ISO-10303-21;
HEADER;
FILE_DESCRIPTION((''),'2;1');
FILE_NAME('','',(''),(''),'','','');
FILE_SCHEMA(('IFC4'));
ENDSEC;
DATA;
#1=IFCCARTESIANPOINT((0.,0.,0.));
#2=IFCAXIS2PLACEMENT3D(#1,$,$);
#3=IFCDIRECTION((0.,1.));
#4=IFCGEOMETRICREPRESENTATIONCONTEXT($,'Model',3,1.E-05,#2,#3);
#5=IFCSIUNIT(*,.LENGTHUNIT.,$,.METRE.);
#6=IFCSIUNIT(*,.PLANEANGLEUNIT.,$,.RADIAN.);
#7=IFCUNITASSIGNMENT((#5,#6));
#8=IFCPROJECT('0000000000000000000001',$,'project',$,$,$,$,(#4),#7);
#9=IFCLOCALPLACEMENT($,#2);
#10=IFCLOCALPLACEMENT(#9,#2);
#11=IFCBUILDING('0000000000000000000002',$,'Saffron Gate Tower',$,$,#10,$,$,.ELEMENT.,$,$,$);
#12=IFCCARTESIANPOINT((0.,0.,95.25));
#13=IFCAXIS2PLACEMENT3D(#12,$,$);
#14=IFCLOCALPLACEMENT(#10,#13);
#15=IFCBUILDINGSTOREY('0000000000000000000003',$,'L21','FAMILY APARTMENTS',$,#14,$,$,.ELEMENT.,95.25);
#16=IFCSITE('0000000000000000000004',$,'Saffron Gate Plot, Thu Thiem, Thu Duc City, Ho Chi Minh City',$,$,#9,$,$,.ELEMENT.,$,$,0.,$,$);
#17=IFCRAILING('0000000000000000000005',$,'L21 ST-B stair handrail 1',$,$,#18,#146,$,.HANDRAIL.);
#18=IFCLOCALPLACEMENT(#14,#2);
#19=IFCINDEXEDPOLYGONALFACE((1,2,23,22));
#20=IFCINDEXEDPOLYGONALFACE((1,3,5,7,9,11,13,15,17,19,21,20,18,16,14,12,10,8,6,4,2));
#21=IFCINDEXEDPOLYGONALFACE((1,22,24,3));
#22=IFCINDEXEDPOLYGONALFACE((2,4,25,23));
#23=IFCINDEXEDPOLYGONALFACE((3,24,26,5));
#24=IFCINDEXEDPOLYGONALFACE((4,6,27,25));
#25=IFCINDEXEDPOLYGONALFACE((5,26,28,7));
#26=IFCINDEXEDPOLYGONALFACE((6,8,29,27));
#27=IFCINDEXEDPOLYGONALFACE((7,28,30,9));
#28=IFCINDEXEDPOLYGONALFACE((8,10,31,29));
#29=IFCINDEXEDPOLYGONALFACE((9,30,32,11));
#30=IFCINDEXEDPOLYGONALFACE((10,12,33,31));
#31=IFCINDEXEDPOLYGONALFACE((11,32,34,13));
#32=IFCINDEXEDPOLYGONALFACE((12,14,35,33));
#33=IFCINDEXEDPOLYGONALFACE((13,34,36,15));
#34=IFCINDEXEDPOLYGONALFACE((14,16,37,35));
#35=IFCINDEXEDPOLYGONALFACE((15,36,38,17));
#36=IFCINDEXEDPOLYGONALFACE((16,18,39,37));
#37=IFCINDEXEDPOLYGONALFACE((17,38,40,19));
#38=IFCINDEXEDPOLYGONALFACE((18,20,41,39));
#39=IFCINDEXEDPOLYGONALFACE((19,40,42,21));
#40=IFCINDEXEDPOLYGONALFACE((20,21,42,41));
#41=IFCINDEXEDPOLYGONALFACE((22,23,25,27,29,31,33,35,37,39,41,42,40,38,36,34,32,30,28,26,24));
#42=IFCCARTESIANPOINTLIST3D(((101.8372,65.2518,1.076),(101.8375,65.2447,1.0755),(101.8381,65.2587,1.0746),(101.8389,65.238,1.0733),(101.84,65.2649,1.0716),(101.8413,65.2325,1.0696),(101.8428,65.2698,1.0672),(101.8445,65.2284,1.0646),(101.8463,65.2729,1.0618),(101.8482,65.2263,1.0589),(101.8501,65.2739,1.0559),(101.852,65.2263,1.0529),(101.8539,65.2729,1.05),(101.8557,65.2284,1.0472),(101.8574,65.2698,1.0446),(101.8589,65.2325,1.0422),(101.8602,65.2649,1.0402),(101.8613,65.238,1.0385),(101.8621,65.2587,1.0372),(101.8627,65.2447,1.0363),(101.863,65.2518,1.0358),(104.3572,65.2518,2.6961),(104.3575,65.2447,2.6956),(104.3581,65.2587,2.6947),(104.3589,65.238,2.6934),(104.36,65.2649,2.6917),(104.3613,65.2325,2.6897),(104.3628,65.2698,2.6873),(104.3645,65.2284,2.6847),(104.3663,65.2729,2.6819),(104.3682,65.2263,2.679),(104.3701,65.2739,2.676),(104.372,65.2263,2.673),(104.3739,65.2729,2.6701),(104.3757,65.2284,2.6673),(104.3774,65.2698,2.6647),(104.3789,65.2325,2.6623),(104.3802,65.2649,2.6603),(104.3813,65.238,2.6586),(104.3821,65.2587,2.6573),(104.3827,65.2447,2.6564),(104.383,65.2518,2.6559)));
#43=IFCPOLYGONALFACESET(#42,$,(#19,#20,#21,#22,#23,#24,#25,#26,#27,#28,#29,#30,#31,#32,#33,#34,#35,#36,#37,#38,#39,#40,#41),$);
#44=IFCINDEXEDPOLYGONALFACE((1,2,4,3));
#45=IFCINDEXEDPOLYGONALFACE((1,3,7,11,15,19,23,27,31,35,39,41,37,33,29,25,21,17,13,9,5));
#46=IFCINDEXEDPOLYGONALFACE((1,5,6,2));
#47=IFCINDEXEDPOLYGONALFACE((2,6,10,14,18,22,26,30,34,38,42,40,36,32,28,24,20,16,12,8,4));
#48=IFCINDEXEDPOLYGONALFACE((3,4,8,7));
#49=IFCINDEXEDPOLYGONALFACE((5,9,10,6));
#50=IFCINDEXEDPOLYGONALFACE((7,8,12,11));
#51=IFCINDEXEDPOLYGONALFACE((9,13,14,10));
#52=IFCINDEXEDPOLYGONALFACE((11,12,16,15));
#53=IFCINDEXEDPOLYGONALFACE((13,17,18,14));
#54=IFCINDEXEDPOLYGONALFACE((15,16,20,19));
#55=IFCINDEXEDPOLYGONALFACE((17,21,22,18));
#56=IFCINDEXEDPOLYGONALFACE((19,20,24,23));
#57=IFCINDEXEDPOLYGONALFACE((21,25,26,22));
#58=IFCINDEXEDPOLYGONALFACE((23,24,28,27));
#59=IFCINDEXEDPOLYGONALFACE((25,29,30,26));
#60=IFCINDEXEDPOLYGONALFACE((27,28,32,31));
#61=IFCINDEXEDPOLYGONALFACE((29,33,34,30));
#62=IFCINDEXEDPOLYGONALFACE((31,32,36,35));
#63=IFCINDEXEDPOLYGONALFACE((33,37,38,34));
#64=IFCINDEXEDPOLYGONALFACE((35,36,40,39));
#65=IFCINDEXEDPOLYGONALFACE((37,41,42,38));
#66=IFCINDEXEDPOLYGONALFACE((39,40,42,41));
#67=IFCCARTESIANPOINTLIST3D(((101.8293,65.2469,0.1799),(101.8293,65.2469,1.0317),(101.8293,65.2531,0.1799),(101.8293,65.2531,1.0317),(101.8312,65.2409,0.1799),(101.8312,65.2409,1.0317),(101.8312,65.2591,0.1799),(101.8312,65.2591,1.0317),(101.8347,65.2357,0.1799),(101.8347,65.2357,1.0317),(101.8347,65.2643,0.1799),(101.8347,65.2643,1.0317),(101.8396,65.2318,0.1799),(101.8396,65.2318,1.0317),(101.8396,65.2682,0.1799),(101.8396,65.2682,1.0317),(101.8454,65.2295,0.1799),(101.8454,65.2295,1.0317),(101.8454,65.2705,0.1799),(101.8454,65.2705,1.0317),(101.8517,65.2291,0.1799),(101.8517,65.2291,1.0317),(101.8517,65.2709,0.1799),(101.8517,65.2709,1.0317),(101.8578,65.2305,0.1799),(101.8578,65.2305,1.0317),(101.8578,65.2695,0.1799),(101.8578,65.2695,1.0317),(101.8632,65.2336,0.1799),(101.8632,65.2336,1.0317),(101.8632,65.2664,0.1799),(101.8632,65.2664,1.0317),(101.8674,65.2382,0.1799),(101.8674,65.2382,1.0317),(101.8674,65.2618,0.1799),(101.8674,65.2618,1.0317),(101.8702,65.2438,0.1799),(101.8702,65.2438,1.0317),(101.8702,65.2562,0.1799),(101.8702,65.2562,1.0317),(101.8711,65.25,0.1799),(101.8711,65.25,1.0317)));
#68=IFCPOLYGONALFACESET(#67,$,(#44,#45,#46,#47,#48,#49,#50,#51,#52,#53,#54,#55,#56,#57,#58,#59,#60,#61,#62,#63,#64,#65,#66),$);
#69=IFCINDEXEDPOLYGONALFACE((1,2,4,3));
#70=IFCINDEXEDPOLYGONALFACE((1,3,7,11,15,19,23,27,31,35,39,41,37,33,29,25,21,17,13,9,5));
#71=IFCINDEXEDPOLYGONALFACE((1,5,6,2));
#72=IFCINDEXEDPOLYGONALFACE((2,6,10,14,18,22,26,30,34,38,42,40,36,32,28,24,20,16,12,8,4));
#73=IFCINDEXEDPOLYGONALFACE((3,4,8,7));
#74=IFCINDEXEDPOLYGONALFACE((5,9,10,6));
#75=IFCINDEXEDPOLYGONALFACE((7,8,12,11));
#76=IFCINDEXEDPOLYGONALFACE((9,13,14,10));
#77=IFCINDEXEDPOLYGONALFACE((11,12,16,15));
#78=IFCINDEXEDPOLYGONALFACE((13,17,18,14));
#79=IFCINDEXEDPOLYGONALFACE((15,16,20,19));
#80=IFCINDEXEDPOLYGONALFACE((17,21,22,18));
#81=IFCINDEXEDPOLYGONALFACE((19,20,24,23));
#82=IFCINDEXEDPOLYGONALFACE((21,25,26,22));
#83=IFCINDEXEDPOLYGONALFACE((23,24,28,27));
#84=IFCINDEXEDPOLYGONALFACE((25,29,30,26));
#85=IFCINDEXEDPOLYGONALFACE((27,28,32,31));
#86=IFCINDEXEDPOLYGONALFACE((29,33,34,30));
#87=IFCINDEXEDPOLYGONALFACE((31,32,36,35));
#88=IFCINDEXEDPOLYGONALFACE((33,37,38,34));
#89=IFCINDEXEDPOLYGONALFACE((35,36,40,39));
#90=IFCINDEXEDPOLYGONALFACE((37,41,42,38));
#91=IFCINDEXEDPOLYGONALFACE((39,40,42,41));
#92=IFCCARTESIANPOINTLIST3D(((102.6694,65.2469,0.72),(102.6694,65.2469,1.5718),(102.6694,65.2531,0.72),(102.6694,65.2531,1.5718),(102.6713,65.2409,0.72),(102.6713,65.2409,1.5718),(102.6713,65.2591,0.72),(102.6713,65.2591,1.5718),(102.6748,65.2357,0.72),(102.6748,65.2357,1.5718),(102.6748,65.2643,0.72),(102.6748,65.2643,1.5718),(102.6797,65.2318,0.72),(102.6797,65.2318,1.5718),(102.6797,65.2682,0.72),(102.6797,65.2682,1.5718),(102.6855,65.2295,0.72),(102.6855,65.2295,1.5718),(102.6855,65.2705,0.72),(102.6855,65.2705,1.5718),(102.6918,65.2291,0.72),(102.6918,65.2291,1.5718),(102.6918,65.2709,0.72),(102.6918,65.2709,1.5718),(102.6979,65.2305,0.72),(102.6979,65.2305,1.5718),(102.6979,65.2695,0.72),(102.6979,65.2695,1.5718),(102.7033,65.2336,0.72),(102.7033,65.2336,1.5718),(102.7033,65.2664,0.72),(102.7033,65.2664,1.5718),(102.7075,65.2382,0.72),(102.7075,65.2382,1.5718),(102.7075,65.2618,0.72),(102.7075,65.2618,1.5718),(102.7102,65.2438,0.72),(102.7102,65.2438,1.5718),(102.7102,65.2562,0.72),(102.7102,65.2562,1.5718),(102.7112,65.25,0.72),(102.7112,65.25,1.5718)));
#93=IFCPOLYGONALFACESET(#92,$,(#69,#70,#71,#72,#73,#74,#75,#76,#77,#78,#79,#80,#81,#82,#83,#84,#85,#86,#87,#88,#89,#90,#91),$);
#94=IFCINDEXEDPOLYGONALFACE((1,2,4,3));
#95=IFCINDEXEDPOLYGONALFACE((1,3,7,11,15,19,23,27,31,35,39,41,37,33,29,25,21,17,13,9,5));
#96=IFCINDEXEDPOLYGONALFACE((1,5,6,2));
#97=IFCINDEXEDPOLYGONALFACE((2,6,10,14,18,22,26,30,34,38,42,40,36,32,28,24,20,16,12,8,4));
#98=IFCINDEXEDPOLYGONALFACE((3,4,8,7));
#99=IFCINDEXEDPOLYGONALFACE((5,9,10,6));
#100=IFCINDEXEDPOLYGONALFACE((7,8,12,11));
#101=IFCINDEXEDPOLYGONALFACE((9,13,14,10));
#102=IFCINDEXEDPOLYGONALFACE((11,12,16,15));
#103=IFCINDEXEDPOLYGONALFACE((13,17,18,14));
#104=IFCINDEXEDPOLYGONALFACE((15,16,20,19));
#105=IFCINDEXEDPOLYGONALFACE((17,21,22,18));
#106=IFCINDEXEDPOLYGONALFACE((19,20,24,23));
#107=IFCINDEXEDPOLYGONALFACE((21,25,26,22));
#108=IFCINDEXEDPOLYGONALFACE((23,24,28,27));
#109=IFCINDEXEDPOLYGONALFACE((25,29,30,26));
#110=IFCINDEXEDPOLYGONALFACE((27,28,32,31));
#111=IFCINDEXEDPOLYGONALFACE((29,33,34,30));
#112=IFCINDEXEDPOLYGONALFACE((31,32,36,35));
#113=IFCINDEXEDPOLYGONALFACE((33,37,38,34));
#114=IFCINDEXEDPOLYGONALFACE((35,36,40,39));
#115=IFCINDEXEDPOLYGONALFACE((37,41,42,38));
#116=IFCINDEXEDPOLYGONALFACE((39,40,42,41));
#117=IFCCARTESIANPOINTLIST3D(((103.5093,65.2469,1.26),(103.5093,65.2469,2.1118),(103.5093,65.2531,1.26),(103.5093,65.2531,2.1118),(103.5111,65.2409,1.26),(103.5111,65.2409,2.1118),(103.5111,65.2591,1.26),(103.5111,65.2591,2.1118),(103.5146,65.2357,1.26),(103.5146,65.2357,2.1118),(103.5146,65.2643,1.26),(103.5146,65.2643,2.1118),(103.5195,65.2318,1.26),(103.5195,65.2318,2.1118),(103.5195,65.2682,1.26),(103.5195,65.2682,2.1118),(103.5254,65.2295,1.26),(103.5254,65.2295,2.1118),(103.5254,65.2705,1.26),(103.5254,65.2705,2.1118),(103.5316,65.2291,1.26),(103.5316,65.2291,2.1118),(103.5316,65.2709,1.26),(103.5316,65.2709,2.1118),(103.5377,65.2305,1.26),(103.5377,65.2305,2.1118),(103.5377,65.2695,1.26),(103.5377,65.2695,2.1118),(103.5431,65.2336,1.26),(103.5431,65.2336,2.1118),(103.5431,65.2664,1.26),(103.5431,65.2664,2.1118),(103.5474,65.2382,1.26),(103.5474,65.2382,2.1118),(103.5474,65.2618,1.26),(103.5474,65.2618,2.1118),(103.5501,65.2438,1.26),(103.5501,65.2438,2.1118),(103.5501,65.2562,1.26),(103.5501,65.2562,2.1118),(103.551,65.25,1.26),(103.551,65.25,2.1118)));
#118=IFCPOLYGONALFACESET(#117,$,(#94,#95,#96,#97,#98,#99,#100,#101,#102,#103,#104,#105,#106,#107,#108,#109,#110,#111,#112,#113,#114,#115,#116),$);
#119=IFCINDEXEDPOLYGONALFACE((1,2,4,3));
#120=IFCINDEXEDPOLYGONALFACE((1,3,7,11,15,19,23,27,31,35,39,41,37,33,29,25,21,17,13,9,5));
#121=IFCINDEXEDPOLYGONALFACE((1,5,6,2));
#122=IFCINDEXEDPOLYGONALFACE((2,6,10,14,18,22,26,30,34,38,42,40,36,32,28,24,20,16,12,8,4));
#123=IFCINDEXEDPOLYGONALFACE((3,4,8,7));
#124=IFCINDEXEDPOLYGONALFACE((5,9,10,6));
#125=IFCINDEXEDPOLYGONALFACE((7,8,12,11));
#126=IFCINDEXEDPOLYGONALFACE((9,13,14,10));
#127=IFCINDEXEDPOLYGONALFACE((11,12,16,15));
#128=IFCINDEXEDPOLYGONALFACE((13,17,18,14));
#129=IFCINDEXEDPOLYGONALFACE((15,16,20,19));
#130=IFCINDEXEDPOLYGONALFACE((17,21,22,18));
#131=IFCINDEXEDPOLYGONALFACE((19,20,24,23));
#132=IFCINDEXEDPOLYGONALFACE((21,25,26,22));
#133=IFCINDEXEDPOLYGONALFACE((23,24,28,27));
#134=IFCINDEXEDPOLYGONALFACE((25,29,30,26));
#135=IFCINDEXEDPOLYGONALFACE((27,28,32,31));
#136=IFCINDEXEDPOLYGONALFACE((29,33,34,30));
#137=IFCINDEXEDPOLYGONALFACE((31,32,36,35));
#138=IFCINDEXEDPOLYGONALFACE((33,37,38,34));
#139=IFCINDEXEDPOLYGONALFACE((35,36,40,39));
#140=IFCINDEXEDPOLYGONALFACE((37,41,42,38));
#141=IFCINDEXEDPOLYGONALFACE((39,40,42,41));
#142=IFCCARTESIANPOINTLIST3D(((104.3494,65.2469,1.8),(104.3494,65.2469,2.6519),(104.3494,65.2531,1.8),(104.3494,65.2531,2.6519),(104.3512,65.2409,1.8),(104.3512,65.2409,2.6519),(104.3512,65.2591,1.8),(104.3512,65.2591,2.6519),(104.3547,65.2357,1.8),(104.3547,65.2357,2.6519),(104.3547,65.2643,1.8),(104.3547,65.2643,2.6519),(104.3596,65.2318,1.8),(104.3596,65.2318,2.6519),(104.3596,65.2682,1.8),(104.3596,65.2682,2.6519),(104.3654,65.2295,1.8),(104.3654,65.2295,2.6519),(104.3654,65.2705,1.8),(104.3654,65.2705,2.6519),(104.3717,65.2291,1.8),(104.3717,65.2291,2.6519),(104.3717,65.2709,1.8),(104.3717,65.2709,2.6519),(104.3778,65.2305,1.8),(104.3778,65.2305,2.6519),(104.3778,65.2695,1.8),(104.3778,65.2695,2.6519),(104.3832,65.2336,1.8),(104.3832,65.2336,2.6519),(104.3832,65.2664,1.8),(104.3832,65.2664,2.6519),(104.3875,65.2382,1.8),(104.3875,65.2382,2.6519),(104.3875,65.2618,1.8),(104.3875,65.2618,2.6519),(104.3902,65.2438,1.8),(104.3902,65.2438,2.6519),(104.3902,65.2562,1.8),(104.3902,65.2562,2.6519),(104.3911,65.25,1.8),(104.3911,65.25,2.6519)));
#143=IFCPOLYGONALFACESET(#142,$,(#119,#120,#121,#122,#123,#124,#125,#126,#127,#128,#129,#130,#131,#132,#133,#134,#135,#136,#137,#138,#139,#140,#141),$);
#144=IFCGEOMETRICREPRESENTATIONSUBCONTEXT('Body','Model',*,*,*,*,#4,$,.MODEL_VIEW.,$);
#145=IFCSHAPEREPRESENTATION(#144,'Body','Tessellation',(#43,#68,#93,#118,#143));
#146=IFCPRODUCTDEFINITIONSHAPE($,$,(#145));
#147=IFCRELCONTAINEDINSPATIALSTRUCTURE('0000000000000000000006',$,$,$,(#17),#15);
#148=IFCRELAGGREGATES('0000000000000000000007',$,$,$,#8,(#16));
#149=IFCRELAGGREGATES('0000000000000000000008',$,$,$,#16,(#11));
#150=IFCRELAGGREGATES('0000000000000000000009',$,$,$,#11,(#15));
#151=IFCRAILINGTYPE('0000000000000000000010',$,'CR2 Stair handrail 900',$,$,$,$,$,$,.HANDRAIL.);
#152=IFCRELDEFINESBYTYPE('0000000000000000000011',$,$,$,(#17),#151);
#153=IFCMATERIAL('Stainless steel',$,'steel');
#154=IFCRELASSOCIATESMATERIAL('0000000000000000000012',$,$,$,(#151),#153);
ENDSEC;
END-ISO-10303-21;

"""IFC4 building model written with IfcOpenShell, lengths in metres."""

from ifc_helpers import new_model, si_unit, direction, frame, origin, origin_2d, place, context, subcontext, project, spatial, circle, extrude, material, type_object, element, save


model = new_model("IFC4")

# Units and contexts
model_context = context("Model", 3, precision=1e-05, world=origin(), true_north=direction((0.0, 1.0)))
body_context = subcontext(model_context, "Body", "Model", "MODEL_VIEW")
ifc_project = project(units=[si_unit("LENGTHUNIT", "METRE"), si_unit("PLANEANGLEUNIT", "RADIAN")], contexts=[model_context])

# Site, building, storey
site_placement = place(None, origin())
site = spatial("IfcSite", under=ifc_project, at=site_placement, Name="Saffron Gate Plot, Thu Thiem, Thu Duc City, Ho Chi Minh City", CompositionType="ELEMENT", RefElevation=0.0)
building_placement = place(site_placement, origin())
building = spatial("IfcBuilding", under=site, at=building_placement, Name="Saffron Gate Tower", CompositionType="ELEMENT")
storey_placement = place(building_placement, frame((0.0, 0.0, 95.25)))
storey = spatial("IfcBuildingStorey", under=building, at=storey_placement, Name="L21", Description="FAMILY APARTMENTS", CompositionType="ELEMENT", Elevation=95.25)

# Railing
ifc_material_1 = material(Name="Stainless steel", Category="steel")
railing_type_1 = type_object("IfcRailingType", Name="CR2 Stair handrail 900", PredefinedType="HANDRAIL", material=ifc_material_1)
railing_1_placement = place(storey_placement, frame((101.8501, 65.25, 0.1799)))
element("IfcRailing", 1, at=railing_1_placement, inside=storey, type_object=railing_type_1, Name="L21 ST-B stair handrail 1", PredefinedType="HANDRAIL", context=body_context, shape_type="SweptSolid", body=[
    extrude(circle(Radius=0.0239, at=origin_2d()), frame((0.0, 0.0, 0.876), z_axis=(0.841163, 0.0, 0.540782), x_axis=(0.0, 1.0, 0.0)), (0.0, 0.0, 1.0), 2.9958),
    extrude(circle(Radius=0.021, at=origin_2d()), origin(), (0.0, 0.0, 1.0), 0.8518),
    extrude(circle(Radius=0.021, at=origin_2d()), frame((0.8401, 0.0, 0.54)), (0.0, 0.0, 1.0), 0.8518),
    extrude(circle(Radius=0.021, at=origin_2d()), frame((1.6799, 0.0, 1.0801)), (0.0, 0.0, 1.0), 0.8518),
    extrude(circle(Radius=0.021, at=origin_2d()), frame((2.52, 0.0, 1.6201)), (0.0, 0.0, 1.0), 0.8518),
])

save(model, "model.ifc")
